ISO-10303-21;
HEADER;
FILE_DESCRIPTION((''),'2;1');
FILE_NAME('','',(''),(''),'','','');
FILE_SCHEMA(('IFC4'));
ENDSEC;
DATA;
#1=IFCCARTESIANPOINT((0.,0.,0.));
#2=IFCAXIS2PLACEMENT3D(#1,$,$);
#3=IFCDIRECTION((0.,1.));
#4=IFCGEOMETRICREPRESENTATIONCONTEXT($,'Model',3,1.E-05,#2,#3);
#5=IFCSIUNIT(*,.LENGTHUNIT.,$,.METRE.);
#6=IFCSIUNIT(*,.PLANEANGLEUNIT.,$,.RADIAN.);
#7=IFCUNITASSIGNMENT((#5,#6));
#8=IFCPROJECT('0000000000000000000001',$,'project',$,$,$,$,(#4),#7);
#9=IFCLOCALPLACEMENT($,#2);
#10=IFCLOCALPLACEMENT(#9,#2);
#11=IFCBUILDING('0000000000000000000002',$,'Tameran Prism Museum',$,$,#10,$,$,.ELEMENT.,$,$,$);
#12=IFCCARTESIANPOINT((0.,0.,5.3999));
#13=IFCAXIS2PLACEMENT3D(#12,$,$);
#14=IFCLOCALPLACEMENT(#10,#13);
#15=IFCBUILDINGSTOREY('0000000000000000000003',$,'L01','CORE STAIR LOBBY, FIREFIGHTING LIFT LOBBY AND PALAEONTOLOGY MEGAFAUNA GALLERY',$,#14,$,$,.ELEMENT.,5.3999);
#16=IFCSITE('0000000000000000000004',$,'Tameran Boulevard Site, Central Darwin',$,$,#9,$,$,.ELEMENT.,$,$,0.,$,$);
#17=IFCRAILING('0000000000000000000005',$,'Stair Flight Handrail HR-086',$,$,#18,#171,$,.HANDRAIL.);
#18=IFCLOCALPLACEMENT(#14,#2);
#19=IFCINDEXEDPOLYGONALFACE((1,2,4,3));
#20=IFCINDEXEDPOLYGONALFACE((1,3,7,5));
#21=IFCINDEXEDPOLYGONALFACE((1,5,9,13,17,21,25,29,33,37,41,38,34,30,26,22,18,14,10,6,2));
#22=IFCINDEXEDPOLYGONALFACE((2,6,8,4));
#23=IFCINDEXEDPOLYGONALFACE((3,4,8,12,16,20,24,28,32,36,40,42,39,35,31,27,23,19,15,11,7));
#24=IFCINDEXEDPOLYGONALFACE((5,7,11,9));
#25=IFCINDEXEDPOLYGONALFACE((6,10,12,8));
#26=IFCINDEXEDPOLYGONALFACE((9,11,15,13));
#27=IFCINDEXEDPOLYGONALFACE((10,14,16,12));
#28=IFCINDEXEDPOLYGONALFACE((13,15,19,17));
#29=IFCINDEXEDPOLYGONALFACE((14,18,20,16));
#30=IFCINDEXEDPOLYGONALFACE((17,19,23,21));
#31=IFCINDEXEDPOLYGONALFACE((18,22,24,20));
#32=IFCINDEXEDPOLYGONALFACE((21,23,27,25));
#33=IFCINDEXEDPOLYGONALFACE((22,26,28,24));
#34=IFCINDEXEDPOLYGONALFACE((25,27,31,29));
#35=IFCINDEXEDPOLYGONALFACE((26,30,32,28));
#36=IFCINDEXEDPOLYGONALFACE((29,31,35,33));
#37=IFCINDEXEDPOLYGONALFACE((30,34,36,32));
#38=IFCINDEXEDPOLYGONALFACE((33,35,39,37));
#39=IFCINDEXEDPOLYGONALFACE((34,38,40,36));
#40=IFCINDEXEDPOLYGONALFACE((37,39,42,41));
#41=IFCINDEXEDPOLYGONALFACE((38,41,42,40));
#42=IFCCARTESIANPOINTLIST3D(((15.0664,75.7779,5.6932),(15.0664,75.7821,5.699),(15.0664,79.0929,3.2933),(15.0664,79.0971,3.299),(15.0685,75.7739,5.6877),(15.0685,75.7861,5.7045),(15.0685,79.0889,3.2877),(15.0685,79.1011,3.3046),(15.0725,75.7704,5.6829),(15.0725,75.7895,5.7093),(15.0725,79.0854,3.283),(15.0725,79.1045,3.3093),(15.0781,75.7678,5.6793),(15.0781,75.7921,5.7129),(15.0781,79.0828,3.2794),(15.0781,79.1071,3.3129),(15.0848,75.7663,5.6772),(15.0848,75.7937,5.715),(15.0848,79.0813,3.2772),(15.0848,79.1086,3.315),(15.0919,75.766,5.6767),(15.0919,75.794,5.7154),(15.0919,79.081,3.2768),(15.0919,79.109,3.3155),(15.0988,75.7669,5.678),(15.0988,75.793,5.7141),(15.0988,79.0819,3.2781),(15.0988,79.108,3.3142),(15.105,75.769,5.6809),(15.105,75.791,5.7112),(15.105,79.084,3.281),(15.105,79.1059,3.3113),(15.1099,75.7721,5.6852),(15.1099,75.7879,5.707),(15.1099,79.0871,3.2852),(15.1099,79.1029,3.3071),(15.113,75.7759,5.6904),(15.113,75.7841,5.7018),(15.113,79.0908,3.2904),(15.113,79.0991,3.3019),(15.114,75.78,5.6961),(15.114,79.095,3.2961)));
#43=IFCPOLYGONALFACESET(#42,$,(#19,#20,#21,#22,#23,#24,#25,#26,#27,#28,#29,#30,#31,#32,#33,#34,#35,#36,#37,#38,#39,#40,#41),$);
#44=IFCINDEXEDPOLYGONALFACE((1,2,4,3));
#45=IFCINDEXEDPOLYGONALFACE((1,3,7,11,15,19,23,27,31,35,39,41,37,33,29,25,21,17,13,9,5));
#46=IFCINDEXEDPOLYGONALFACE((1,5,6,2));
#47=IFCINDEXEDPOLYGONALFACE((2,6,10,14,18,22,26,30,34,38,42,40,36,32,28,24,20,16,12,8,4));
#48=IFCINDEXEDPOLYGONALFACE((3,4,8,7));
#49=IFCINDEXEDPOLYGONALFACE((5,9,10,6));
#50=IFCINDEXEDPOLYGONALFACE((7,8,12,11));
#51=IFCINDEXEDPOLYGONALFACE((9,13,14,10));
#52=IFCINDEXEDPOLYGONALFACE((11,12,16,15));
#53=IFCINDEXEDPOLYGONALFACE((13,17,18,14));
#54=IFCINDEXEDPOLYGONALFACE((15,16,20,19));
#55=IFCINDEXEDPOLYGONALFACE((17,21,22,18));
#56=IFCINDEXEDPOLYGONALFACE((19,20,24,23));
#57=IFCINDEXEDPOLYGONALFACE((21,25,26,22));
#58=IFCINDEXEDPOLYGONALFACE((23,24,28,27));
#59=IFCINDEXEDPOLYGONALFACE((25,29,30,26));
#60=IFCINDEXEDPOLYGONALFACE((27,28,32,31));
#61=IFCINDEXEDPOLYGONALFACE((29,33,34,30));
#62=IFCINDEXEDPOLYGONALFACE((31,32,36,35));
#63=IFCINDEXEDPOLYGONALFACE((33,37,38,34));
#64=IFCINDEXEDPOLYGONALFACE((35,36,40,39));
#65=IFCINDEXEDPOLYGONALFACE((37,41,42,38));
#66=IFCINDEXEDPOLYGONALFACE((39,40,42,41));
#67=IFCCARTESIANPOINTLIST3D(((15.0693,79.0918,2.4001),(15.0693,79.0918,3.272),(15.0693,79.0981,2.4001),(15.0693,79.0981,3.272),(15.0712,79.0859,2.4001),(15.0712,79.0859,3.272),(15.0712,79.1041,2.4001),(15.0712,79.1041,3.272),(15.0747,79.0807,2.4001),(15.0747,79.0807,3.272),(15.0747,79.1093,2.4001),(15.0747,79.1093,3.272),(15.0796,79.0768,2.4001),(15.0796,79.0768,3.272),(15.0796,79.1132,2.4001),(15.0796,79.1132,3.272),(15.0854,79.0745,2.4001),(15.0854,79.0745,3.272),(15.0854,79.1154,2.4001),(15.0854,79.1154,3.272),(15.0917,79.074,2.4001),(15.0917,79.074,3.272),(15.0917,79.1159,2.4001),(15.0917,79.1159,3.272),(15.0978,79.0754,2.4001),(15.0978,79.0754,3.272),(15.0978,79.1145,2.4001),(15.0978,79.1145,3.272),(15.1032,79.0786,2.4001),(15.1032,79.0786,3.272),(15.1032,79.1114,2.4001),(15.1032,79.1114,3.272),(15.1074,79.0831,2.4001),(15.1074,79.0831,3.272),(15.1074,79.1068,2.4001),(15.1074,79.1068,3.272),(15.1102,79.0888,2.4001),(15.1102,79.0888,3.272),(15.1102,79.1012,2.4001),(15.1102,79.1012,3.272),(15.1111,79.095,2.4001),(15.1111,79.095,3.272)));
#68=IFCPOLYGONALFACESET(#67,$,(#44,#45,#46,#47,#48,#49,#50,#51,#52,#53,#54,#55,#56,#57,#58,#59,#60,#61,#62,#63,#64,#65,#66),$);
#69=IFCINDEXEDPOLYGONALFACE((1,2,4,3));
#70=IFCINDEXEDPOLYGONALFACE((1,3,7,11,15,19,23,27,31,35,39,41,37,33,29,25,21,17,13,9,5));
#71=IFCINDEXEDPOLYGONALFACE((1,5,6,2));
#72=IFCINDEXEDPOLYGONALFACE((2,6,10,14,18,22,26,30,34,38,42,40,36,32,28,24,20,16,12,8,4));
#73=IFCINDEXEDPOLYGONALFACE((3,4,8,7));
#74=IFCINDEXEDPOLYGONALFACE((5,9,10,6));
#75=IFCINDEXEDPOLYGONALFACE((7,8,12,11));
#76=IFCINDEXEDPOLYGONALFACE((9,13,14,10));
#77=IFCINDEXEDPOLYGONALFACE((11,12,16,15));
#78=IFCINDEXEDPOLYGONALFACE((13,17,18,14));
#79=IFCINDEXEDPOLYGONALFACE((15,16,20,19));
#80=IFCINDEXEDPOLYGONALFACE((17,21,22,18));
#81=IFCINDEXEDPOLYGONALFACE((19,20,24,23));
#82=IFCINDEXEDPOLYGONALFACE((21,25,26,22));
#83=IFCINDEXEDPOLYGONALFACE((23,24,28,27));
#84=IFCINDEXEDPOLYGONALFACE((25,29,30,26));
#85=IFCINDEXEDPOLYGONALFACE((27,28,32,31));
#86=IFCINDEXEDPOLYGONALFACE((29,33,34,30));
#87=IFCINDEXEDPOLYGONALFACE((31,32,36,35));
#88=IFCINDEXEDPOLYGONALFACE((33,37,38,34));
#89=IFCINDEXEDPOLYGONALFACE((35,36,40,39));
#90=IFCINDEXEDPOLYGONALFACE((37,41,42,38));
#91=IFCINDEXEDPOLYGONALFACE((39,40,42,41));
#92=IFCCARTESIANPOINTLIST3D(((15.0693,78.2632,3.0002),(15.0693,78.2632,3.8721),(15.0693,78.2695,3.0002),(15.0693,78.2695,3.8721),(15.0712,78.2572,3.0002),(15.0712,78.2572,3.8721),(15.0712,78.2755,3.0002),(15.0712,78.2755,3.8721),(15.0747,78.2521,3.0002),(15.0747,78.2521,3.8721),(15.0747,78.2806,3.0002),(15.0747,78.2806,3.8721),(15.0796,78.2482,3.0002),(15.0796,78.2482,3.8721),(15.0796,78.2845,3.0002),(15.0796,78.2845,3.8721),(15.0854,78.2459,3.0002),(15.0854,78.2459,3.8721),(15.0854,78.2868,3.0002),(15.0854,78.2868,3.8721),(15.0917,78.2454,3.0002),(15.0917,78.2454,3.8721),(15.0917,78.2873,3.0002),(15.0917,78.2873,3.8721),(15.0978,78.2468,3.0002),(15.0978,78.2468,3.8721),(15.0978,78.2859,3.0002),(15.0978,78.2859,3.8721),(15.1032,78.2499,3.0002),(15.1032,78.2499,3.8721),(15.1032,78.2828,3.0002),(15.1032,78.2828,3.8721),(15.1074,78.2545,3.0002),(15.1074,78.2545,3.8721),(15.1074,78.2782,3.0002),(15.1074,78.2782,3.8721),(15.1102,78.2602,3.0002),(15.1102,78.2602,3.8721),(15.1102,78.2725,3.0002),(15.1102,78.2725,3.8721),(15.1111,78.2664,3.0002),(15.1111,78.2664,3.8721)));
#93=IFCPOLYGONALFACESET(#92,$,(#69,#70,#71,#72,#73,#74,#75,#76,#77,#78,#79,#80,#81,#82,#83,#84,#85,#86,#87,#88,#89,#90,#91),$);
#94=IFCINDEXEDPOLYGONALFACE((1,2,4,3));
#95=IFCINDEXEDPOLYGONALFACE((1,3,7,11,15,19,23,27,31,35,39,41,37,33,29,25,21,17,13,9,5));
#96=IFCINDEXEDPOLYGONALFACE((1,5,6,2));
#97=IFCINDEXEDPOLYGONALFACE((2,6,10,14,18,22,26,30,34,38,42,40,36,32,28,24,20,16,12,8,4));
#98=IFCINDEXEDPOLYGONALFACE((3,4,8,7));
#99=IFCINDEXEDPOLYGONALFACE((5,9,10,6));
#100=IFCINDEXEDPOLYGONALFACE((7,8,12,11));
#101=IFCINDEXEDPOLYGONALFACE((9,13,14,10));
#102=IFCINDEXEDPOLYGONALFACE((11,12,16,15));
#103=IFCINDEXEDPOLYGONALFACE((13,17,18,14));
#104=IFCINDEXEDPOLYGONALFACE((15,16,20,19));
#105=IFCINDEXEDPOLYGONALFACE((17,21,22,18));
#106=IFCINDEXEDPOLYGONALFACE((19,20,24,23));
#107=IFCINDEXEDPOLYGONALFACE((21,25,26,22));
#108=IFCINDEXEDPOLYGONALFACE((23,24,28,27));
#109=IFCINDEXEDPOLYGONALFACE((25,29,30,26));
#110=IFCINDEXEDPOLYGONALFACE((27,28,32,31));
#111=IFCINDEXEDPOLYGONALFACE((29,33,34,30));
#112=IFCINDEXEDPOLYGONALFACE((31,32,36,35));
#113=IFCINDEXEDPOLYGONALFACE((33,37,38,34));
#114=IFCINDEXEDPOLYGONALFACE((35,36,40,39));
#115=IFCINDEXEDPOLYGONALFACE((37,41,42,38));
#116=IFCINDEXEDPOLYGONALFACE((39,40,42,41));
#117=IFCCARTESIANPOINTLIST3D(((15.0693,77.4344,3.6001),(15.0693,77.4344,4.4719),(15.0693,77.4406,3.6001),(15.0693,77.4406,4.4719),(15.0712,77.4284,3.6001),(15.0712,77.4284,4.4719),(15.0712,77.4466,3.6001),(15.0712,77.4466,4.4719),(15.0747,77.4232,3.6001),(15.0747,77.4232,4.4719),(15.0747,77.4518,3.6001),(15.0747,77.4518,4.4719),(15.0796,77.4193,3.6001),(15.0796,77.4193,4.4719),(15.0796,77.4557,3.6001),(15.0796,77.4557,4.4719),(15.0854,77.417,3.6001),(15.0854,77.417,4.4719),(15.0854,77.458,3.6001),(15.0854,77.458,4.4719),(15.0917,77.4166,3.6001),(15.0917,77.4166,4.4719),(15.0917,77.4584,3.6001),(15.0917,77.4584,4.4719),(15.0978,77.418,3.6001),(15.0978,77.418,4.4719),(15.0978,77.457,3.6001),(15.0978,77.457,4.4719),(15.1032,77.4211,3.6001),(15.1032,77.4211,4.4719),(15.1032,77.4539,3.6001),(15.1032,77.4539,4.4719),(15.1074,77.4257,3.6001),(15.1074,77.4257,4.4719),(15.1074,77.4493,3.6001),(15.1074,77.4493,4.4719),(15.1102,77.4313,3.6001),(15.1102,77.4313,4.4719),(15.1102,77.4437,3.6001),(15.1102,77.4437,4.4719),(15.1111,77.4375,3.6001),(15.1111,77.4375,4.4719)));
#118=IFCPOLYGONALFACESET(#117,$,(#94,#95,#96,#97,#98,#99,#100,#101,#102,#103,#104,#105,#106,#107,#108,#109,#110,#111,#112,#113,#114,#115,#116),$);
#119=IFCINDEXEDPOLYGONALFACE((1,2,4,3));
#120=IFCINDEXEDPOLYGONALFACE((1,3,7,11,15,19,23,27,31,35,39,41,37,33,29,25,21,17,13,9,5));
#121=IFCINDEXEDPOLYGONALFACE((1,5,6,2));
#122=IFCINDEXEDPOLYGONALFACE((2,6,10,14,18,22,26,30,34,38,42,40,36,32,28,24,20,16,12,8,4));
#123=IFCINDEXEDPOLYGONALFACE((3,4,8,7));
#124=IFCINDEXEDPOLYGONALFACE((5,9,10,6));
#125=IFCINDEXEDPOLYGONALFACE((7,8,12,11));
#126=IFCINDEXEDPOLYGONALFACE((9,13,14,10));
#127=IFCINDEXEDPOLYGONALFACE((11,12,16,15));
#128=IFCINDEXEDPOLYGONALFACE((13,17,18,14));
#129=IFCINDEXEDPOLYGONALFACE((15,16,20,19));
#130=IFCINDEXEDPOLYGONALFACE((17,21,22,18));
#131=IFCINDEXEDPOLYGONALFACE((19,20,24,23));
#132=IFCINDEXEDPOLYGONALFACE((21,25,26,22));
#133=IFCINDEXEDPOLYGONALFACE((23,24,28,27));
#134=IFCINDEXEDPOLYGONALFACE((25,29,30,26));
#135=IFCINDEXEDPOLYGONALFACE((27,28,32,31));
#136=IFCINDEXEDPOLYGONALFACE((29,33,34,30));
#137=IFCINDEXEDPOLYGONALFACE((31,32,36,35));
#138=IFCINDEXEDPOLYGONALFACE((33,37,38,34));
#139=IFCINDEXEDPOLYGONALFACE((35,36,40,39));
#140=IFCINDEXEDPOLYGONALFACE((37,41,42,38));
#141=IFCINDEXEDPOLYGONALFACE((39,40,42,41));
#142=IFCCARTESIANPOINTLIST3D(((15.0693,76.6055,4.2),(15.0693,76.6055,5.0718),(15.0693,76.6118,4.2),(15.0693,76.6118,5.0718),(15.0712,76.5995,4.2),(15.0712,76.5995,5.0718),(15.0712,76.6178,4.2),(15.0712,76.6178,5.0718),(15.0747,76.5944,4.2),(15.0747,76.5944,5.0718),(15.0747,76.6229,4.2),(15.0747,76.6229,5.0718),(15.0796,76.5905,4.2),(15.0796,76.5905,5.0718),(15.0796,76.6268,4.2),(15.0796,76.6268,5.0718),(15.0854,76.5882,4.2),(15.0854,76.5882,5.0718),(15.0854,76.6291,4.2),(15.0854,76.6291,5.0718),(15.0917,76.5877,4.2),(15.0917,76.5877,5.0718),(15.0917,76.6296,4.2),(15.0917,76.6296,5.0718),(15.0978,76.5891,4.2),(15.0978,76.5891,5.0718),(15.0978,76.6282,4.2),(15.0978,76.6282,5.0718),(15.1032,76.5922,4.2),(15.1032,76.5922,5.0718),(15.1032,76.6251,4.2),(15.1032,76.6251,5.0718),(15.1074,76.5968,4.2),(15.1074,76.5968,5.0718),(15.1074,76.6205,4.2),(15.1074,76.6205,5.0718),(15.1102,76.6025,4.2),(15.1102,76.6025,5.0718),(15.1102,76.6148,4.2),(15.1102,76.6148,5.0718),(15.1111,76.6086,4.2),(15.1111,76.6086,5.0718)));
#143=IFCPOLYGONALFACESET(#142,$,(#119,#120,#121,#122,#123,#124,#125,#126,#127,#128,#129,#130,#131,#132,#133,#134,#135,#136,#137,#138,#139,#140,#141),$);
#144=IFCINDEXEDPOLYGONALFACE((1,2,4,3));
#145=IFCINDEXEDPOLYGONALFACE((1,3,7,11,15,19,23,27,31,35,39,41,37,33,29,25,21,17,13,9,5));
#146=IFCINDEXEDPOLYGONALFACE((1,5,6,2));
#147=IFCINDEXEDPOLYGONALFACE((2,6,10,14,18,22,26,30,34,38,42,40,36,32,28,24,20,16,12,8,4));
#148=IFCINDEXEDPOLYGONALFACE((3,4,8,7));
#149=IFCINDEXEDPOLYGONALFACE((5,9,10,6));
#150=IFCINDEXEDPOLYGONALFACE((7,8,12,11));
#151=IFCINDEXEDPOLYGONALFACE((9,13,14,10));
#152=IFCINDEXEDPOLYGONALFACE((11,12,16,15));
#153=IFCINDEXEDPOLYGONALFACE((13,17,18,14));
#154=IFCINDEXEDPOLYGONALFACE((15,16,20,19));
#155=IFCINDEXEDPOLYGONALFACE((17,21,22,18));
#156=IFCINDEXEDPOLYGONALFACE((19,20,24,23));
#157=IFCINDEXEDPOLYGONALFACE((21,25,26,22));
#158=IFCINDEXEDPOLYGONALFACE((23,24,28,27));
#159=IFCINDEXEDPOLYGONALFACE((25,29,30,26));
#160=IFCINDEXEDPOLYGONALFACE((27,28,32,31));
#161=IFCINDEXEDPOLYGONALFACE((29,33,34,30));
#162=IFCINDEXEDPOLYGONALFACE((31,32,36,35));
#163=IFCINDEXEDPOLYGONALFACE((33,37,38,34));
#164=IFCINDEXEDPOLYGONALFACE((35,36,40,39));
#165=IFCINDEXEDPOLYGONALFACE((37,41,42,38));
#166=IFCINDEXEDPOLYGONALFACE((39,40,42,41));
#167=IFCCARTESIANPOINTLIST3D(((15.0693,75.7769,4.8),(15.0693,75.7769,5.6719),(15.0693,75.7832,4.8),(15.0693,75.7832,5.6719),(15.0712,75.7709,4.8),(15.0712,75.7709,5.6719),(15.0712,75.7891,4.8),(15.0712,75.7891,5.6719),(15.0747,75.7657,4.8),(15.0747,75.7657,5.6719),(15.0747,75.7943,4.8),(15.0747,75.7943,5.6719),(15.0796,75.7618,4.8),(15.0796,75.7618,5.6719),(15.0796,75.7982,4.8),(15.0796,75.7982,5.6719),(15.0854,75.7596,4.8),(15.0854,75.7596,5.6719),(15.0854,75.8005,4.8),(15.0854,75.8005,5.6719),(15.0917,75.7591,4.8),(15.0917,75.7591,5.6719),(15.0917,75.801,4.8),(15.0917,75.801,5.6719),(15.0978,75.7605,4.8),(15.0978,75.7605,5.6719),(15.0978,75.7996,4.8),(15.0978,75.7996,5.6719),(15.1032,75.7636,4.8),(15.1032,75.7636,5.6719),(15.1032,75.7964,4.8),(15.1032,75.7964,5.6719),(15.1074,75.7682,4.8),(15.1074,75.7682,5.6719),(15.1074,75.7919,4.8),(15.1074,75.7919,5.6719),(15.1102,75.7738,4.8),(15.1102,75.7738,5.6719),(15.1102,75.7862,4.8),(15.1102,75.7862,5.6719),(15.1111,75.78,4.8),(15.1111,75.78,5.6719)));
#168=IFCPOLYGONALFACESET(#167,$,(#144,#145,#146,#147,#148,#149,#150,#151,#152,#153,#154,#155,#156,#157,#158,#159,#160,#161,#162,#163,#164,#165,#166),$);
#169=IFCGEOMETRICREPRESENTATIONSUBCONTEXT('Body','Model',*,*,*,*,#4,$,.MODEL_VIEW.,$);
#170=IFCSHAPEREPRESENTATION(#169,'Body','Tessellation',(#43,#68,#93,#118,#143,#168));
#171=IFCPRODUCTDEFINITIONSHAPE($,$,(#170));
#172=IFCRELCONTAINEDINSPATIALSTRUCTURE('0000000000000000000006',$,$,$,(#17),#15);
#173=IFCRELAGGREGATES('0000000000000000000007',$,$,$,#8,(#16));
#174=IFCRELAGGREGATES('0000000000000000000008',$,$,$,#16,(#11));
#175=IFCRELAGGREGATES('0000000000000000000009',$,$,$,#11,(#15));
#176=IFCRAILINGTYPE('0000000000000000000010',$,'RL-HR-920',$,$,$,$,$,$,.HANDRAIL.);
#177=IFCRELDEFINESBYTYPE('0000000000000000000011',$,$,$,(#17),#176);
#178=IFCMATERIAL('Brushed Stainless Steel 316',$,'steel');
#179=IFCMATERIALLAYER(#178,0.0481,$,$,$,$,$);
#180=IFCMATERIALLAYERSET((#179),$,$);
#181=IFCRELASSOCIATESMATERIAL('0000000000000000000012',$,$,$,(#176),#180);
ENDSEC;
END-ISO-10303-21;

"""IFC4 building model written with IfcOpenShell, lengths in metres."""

from ifc_helpers import new_model, si_unit, direction, frame, origin, origin_2d, place, context, subcontext, project, spatial, circle, extrude, material, layer, layer_set, type_object, element, save


model = new_model("IFC4")

# Units and contexts
model_context = context("Model", 3, precision=1e-05, world=origin(), true_north=direction((0.0, 1.0)))
body_context = subcontext(model_context, "Body", "Model", "MODEL_VIEW")
ifc_project = project(units=[si_unit("LENGTHUNIT", "METRE"), si_unit("PLANEANGLEUNIT", "RADIAN")], contexts=[model_context])

# Site, building, storey
site_placement = place(None, origin())
site = spatial("IfcSite", under=ifc_project, at=site_placement, Name="Tameran Boulevard Site, Central Darwin", CompositionType="ELEMENT", RefElevation=0.0)
building_placement = place(site_placement, origin())
building = spatial("IfcBuilding", under=site, at=building_placement, Name="Tameran Prism Museum", CompositionType="ELEMENT")
storey_placement = place(building_placement, frame((0.0, 0.0, 5.3999)))
storey = spatial("IfcBuildingStorey", under=building, at=storey_placement, Name="L01", Description="CORE STAIR LOBBY, FIREFIGHTING LIFT LOBBY AND PALAEONTOLOGY MEGAFAUNA GALLERY", CompositionType="ELEMENT", Elevation=5.3999)

# Railing
ifc_material_1 = material(Name="Brushed Stainless Steel 316", Category="steel")
ifc_layer_1 = layer(ifc_material_1, 0.0481)
ifc_layer_set_1 = layer_set([ifc_layer_1])
railing_type_1 = type_object("IfcRailingType", Name="RL-HR-920", PredefinedType="HANDRAIL", material=ifc_layer_set_1)
railing_1_placement = place(storey_placement, frame((15.0901, 79.095, 2.4001)))
element("IfcRailing", 1, at=railing_1_placement, inside=storey, type_object=railing_type_1, Name="Stair Flight Handrail HR-086", PredefinedType="HANDRAIL", context=body_context, shape_type="SweptSolid", body=[
    extrude(circle(Radius=0.0239, at=origin_2d()), frame((0.0, 0.0, 0.896), z_axis=(0.0, -0.810009, 0.586418), x_axis=(1.0, 0.0, 0.0)), (0.0, 0.0, 1.0), 4.0925),
    extrude(circle(Radius=0.021, at=origin_2d()), origin(), (0.0, 0.0, 1.0), 0.8718),
    extrude(circle(Radius=0.021, at=origin_2d()), frame((0.0, -0.8286, 0.6001)), (0.0, 0.0, 1.0), 0.8718),
    extrude(circle(Radius=0.021, at=origin_2d()), frame((0.0, -1.6575, 1.2)), (0.0, 0.0, 1.0), 0.8718),
    extrude(circle(Radius=0.021, at=origin_2d()), frame((0.0, -2.4863, 1.7998)), (0.0, 0.0, 1.0), 0.8718),
    extrude(circle(Radius=0.021, at=origin_2d()), frame((0.0, -3.3149, 2.3999)), (0.0, 0.0, 1.0), 0.8718),
])

save(model, "model.ifc")
